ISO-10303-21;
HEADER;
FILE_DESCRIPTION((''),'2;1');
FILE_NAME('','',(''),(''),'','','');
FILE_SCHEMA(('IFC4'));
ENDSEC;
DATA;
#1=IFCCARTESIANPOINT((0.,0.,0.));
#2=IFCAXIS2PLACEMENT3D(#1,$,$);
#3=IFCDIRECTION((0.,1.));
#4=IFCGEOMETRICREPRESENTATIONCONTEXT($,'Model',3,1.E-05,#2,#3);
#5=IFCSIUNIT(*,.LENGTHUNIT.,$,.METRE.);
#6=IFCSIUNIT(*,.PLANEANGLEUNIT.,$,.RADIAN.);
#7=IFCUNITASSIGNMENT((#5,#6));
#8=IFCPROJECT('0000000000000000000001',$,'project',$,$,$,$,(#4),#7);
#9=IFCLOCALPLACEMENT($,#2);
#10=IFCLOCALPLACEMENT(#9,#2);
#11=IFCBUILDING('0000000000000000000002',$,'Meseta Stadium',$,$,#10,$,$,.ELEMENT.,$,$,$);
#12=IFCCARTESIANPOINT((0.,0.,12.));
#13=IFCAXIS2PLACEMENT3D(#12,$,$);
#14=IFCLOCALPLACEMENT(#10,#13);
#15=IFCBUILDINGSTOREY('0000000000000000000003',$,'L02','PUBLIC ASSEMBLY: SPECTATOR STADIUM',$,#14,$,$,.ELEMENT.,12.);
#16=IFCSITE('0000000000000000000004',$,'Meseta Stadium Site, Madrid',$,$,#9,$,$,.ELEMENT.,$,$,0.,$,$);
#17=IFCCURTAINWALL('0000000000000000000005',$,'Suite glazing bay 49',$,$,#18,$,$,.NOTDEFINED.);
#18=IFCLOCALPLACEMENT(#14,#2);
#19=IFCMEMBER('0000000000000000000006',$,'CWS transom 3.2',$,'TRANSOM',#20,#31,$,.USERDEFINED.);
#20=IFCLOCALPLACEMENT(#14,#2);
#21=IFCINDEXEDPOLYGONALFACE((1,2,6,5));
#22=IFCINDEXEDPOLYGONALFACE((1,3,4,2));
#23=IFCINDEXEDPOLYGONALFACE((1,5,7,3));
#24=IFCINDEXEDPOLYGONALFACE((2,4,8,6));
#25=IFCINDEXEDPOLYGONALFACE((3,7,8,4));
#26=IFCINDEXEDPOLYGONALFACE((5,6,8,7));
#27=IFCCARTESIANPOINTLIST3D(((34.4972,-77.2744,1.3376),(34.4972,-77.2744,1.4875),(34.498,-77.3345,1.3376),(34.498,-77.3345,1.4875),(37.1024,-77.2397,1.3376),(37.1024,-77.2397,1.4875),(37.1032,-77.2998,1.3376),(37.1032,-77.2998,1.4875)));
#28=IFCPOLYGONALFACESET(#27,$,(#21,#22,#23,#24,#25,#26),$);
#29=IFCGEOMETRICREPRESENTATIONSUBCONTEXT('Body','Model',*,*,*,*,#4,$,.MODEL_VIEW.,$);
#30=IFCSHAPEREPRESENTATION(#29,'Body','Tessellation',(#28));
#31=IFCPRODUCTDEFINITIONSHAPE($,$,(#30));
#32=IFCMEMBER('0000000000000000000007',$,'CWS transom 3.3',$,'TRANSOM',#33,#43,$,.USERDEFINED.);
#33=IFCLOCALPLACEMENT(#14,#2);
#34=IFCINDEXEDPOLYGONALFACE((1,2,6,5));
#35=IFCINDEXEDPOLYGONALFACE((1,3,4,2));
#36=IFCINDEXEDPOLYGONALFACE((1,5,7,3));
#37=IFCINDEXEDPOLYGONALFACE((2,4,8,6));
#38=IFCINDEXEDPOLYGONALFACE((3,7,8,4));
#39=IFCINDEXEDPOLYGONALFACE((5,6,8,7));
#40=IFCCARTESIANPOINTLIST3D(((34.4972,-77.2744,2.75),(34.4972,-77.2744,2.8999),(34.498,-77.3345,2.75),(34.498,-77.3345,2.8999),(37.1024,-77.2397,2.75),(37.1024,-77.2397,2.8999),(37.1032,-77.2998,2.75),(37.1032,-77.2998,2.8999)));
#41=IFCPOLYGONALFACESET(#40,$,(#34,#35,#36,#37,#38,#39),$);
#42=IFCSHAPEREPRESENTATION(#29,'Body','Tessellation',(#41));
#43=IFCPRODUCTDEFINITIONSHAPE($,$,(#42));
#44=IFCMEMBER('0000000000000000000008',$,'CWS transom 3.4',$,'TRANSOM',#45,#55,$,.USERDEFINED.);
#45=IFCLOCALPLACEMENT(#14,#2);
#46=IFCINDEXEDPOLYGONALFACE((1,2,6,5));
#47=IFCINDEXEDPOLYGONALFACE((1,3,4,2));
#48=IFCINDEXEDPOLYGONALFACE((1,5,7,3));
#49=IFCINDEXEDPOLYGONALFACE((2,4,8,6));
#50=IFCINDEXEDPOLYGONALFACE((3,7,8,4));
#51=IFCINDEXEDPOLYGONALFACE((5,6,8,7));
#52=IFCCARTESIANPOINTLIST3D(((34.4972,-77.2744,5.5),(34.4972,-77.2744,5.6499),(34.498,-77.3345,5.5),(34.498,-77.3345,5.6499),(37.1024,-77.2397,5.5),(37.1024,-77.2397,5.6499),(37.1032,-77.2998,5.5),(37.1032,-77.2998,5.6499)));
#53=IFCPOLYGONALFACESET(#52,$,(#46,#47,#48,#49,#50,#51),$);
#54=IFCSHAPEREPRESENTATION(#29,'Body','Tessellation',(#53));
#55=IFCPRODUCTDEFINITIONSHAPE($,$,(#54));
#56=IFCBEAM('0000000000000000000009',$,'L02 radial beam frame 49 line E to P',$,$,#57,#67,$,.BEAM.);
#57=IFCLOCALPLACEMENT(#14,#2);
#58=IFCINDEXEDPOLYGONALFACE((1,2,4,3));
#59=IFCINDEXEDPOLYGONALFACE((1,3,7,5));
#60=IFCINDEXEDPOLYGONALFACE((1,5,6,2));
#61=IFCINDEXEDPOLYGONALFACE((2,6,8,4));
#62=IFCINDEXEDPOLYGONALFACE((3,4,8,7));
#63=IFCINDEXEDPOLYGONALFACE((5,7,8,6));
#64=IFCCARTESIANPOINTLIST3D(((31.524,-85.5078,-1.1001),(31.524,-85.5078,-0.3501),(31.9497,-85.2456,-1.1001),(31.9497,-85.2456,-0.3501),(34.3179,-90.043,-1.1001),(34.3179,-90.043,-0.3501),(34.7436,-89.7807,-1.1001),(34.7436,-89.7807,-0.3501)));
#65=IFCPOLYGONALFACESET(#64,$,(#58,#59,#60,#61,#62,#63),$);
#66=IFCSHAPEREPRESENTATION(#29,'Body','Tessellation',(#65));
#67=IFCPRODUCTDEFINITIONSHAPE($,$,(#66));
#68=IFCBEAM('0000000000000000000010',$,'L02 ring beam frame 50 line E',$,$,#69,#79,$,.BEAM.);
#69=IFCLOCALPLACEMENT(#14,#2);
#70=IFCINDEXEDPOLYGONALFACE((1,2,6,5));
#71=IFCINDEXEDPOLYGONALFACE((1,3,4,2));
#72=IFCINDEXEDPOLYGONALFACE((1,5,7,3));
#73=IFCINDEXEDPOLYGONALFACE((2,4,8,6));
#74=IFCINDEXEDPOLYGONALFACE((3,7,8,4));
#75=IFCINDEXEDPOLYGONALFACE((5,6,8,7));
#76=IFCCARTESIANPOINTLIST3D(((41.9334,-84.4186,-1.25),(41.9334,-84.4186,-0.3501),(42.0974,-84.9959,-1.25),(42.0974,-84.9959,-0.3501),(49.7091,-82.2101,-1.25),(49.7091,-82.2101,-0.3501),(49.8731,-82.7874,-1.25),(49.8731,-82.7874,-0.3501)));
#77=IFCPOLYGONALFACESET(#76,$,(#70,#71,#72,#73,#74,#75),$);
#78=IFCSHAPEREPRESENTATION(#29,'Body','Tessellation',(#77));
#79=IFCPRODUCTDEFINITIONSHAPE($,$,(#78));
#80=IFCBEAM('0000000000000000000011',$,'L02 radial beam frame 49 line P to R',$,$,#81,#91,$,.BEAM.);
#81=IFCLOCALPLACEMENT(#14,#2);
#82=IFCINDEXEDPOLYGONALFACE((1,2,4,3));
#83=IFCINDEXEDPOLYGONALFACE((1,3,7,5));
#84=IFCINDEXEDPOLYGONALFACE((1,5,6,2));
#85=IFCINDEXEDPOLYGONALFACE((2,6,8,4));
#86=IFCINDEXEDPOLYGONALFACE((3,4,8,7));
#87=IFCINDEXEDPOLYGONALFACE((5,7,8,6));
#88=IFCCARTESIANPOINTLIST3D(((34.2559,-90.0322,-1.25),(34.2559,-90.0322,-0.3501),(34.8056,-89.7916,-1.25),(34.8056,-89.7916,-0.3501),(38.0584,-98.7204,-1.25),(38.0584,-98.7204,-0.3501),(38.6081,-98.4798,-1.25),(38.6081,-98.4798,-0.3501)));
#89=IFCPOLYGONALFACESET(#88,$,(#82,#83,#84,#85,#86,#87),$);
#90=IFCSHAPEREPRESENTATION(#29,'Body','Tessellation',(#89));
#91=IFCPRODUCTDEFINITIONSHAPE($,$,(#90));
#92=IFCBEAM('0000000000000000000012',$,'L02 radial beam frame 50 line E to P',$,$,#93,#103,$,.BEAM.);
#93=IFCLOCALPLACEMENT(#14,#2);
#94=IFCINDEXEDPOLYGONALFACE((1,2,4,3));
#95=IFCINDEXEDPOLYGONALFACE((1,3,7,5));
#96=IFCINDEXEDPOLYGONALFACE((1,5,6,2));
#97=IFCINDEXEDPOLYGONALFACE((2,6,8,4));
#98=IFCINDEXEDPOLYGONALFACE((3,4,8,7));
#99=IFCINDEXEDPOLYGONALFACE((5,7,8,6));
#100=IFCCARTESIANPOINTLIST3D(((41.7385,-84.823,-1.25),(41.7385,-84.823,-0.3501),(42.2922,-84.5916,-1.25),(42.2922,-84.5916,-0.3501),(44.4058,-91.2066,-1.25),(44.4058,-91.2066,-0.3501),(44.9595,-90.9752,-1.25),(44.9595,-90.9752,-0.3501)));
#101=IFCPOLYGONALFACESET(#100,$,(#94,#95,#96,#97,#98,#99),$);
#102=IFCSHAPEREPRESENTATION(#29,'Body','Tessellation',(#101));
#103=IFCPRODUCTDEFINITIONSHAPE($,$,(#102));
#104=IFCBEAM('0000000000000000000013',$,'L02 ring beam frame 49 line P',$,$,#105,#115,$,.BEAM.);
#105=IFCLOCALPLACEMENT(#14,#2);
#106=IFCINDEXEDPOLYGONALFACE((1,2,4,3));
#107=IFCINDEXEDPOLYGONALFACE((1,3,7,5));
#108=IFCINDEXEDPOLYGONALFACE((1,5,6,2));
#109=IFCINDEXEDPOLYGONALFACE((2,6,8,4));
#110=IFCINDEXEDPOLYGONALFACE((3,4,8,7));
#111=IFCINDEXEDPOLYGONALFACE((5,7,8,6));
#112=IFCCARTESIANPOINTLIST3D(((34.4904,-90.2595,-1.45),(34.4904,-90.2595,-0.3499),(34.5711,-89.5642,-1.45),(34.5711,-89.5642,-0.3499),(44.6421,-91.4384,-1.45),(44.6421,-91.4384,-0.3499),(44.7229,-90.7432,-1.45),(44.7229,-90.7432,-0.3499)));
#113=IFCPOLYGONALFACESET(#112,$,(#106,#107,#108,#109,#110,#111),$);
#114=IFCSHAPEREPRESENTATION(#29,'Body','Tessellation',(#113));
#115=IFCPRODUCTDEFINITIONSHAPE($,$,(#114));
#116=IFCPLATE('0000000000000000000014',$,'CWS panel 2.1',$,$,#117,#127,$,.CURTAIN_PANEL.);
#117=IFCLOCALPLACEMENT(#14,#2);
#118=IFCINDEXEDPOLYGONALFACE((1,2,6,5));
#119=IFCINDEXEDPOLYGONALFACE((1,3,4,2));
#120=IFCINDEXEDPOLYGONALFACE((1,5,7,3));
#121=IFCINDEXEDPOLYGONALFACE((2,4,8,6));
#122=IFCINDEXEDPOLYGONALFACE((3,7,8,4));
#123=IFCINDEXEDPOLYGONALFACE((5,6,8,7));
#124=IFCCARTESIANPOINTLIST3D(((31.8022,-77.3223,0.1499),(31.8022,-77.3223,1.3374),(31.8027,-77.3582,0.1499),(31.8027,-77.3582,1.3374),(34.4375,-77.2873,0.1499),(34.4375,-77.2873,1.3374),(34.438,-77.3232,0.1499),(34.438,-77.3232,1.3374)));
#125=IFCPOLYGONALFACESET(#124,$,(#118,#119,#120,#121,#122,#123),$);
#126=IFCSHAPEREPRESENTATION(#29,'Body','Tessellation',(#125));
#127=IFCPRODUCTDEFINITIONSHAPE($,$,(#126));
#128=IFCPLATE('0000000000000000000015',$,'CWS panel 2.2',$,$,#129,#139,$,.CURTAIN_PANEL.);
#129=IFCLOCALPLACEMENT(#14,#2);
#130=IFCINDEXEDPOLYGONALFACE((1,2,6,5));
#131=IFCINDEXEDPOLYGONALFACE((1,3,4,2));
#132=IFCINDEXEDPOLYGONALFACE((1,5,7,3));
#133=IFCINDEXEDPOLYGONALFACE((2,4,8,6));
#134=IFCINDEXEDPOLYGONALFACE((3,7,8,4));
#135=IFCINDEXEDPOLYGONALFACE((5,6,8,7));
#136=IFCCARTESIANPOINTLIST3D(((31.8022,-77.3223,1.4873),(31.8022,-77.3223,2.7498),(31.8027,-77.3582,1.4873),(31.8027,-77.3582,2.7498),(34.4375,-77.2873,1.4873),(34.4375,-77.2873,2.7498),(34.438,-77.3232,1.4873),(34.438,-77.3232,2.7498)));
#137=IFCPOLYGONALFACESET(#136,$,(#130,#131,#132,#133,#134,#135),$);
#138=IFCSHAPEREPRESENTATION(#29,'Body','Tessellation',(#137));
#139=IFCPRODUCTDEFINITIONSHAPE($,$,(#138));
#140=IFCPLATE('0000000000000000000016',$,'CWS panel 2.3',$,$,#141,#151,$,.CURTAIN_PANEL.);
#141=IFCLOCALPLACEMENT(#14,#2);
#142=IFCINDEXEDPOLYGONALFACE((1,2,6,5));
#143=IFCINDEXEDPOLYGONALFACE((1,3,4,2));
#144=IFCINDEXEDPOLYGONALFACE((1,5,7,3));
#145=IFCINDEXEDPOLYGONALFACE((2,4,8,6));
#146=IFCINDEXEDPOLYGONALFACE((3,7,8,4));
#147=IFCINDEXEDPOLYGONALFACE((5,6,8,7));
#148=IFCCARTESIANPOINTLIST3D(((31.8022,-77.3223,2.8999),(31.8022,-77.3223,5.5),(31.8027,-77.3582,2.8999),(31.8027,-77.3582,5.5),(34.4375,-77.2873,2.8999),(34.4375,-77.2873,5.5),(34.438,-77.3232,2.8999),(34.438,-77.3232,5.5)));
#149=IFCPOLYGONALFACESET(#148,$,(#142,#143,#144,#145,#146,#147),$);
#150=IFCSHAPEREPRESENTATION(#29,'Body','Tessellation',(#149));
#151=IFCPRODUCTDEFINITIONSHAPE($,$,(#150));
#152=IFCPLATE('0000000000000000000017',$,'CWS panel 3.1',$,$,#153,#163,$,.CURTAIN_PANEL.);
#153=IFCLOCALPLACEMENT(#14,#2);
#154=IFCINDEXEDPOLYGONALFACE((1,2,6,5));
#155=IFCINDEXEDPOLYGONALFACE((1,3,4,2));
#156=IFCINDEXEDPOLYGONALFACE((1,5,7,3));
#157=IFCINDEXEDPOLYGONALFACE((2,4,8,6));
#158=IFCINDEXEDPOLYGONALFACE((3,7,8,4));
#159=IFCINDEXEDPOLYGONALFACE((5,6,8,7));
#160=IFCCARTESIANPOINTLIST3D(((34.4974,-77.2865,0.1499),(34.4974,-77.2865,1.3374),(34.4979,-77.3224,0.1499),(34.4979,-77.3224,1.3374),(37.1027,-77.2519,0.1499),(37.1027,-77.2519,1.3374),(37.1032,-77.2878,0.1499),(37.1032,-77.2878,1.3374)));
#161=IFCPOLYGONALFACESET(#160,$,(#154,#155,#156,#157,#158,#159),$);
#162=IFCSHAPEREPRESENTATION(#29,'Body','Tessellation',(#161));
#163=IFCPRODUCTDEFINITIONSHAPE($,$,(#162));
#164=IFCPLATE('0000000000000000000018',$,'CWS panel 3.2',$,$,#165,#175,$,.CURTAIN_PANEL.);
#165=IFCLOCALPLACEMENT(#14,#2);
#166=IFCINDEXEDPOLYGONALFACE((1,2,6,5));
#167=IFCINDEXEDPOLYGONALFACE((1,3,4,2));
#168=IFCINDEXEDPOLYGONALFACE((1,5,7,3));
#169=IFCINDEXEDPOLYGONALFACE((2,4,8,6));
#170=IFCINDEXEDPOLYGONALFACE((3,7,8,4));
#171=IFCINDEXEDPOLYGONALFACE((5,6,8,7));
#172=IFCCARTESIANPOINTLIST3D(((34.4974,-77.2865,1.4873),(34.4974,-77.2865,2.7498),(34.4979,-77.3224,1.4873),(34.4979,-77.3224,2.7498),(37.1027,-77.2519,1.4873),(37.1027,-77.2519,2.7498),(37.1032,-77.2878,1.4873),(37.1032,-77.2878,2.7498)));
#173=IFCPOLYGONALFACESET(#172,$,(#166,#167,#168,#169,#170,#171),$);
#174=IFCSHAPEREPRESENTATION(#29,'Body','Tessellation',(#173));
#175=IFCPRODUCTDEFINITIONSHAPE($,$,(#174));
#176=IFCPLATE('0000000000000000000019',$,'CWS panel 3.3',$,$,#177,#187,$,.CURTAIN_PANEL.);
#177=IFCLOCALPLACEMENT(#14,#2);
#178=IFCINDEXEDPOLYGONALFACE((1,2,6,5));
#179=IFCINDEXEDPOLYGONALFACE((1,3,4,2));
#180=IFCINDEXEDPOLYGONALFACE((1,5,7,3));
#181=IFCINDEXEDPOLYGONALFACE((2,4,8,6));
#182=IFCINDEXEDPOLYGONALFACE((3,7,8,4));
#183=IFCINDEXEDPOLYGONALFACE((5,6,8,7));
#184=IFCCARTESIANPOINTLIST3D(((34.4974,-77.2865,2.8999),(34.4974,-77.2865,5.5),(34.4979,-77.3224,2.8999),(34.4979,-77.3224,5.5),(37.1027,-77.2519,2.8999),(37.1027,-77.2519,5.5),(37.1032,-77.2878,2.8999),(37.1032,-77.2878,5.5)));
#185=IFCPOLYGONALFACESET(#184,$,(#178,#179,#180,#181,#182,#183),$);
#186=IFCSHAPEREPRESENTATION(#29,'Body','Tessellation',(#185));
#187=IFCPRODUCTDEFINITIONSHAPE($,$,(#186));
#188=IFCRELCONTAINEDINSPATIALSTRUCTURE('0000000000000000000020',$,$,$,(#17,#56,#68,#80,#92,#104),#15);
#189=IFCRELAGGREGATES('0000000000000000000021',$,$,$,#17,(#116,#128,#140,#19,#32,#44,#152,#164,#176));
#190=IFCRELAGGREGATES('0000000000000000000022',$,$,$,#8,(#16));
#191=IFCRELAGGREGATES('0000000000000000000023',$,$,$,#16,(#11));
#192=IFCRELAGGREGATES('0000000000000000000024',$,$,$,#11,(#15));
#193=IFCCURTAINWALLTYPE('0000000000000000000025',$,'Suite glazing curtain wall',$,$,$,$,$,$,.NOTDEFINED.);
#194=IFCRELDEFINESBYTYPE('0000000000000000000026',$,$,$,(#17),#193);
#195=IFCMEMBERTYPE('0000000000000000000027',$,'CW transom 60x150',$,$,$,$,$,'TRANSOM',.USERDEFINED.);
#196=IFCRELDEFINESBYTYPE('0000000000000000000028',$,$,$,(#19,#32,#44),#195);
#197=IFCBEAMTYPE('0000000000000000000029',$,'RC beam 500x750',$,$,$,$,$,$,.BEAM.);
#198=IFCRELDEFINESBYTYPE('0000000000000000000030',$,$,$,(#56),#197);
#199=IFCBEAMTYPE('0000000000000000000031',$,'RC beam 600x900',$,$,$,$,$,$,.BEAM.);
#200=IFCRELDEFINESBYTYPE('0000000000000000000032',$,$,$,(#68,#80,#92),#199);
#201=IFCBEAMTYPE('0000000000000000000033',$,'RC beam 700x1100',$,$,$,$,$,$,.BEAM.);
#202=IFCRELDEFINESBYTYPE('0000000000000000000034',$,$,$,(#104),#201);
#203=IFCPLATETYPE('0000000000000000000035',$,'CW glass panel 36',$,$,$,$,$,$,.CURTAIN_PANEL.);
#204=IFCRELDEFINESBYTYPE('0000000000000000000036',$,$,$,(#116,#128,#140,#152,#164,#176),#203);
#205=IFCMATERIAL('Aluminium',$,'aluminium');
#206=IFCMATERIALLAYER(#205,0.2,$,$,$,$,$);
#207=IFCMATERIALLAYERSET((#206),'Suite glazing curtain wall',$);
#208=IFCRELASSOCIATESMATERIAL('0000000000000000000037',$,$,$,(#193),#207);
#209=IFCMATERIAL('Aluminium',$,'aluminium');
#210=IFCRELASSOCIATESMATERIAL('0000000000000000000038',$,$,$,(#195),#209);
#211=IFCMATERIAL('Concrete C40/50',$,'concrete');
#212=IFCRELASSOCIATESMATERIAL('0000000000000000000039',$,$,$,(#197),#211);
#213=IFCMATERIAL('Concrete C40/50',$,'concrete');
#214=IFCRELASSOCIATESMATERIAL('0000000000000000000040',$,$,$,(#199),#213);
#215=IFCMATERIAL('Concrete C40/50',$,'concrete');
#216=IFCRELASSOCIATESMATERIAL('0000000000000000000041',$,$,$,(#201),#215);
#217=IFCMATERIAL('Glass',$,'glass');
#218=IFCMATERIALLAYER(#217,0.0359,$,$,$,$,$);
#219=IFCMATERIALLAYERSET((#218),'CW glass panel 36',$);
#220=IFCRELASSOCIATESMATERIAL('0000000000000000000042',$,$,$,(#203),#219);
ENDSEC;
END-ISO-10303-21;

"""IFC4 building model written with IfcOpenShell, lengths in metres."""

from ifc_helpers import new_model, si_unit, direction, frame, origin, origin_2d, place, context, subcontext, project, spatial, rectangle, extrude, material, layer, layer_set, material_profile, profile_set, type_object, element, aggregate, save


model = new_model("IFC4")

# Units and contexts
model_context = context("Model", 3, precision=1e-05, world=origin(), true_north=direction((0.0, 1.0)))
body_context = subcontext(model_context, "Body", "Model", "MODEL_VIEW")
ifc_project = project(units=[si_unit("LENGTHUNIT", "METRE"), si_unit("PLANEANGLEUNIT", "RADIAN")], contexts=[model_context])

# Site, building, storey
site_placement = place(None, origin())
site = spatial("IfcSite", under=ifc_project, at=site_placement, Name="Meseta Stadium Site, Madrid", CompositionType="ELEMENT", RefElevation=0.0)
building_placement = place(site_placement, origin())
building = spatial("IfcBuilding", under=site, at=building_placement, Name="Meseta Stadium", CompositionType="ELEMENT")
storey_placement = place(building_placement, frame((0.0, 0.0, 12.0)))
storey = spatial("IfcBuildingStorey", under=building, at=storey_placement, Name="L02", Description="PUBLIC ASSEMBLY: SPECTATOR STADIUM", CompositionType="ELEMENT", Elevation=12.0)

# Curtain wall, members
ifc_material_1 = material(Name="Aluminium", Category="aluminium")
ifc_layer_1 = layer(ifc_material_1, 0.2)
ifc_layer_set_1 = layer_set([ifc_layer_1], Name="Suite glazing curtain wall")
curtain_wall_type = type_object("IfcCurtainWallType", Name="Suite glazing curtain wall", PredefinedType="NOTDEFINED", material=ifc_layer_set_1)
curtain_wall_placement = place(storey_placement, origin())
curtain_wall = element("IfcCurtainWall", 1, at=curtain_wall_placement, inside=storey, type_object=curtain_wall_type, Name="Suite glazing bay 49", PredefinedType="NOTDEFINED")
ifc_material_2 = material(Name="Aluminium", Category="aluminium")
ifc_material_profile_1 = material_profile(ifc_material_2, rectangle(XDim=0.0601, YDim=0.1499, at=origin_2d()), Name="CW 60x150")
ifc_profile_set_1 = profile_set([ifc_material_profile_1], Name="Aluminium")
member_type_1 = type_object("IfcMemberType", Name="CW transom 60x150", ElementType="TRANSOM", PredefinedType="USERDEFINED", material=ifc_profile_set_1)
member_1_placement = place(storey_placement, frame((34.4976, -77.3044, 1.4126), z_axis=(0.999911, 0.013306, 0.0), x_axis=(-0.013306, 0.999911, 0.0)))
member_1 = element("IfcMember", 2, at=member_1_placement, type_object=member_type_1, Name="CWS transom 3.2", ObjectType="TRANSOM", PredefinedType="USERDEFINED", context=body_context, shape_type="SweptSolid", body=[
    extrude(rectangle(XDim=0.0601, YDim=0.1499, at=origin_2d()), origin(), (0.0, 0.0, 1.0), 2.6055),
])
member_2_placement = place(storey_placement, frame((34.4976, -77.3044, 2.825), z_axis=(0.999911, 0.013306, 0.0), x_axis=(-0.013306, 0.999911, 0.0)))
member_2 = element("IfcMember", 3, at=member_2_placement, type_object=member_type_1, Name="CWS transom 3.3", ObjectType="TRANSOM", PredefinedType="USERDEFINED", context=body_context, shape_type="SweptSolid", body=[
    extrude(rectangle(XDim=0.0601, YDim=0.1499, at=origin_2d()), origin(), (0.0, 0.0, 1.0), 2.6055),
])
member_3_placement = place(storey_placement, frame((34.4976, -77.3044, 5.575), z_axis=(0.999911, 0.013306, 0.0), x_axis=(-0.013306, 0.999911, 0.0)))
member_3 = element("IfcMember", 4, at=member_3_placement, type_object=member_type_1, Name="CWS transom 3.4", ObjectType="TRANSOM", PredefinedType="USERDEFINED", context=body_context, shape_type="SweptSolid", body=[
    extrude(rectangle(XDim=0.0601, YDim=0.1499, at=origin_2d()), origin(), (0.0, 0.0, 1.0), 2.6055),
])

# Beams
ifc_material_3 = material(Name="Concrete C40/50", Category="concrete")
ifc_material_profile_2 = material_profile(ifc_material_3, rectangle(XDim=0.5, YDim=0.75, at=origin_2d()), Name="RC 500x750")
ifc_profile_set_2 = profile_set([ifc_material_profile_2], Name="Concrete C40/50")
beam_type_1 = type_object("IfcBeamType", Name="RC beam 500x750", PredefinedType="BEAM", material=ifc_profile_set_2)
beam_1_placement = place(storey_placement, frame((31.7368, -85.3767, -0.7251), z_axis=(0.524517, -0.8514, 0.0), x_axis=(0.8514, 0.524517, 0.0)))
element("IfcBeam", 5, at=beam_1_placement, inside=storey, type_object=beam_type_1, Name="L02 radial beam frame 49 line E to P", PredefinedType="BEAM", context=body_context, shape_type="SweptSolid", body=[
    extrude(rectangle(XDim=0.5, YDim=0.75, at=origin_2d()), origin(), (0.0, 0.0, 1.0), 5.3267),
])
ifc_material_4 = material(Name="Concrete C40/50", Category="concrete")
ifc_material_profile_3 = material_profile(ifc_material_4, rectangle(XDim=0.6001, YDim=0.8999, at=origin_2d()), Name="RC 600x900")
ifc_profile_set_3 = profile_set([ifc_material_profile_3], Name="Concrete C40/50")
beam_type_2 = type_object("IfcBeamType", Name="RC beam 600x900", PredefinedType="BEAM", material=ifc_profile_set_3)
beam_2_placement = place(storey_placement, frame((42.0154, -84.7073, -0.8), z_axis=(0.961951, 0.273221, 0.0), x_axis=(-0.273221, 0.961951, 0.0)))
element("IfcBeam", 6, at=beam_2_placement, inside=storey, type_object=beam_type_2, Name="L02 ring beam frame 50 line E", PredefinedType="BEAM", context=body_context, shape_type="SweptSolid", body=[
    extrude(rectangle(XDim=0.6001, YDim=0.8999, at=origin_2d()), origin(), (0.0, 0.0, 1.0), 8.0833),
])
beam_3_placement = place(storey_placement, frame((34.5308, -89.9119, -0.8), z_axis=(0.400942, -0.916104, 0.0), x_axis=(0.916104, 0.400942, 0.0)))
element("IfcBeam", 7, at=beam_3_placement, inside=storey, type_object=beam_type_2, Name="L02 radial beam frame 49 line P to R", PredefinedType="BEAM", context=body_context, shape_type="SweptSolid", body=[
    extrude(rectangle(XDim=0.6001, YDim=0.8999, at=origin_2d()), origin(), (0.0, 0.0, 1.0), 9.4839),
])
beam_4_placement = place(storey_placement, frame((42.0154, -84.7073, -0.8), z_axis=(0.38553, -0.922695, 0.0), x_axis=(0.922695, 0.38553, 0.0)))
element("IfcBeam", 8, at=beam_4_placement, inside=storey, type_object=beam_type_2, Name="L02 radial beam frame 50 line E to P", PredefinedType="BEAM", context=body_context, shape_type="SweptSolid", body=[
    extrude(rectangle(XDim=0.6001, YDim=0.8999, at=origin_2d()), origin(), (0.0, 0.0, 1.0), 6.9185),
])
ifc_material_5 = material(Name="Concrete C40/50", Category="concrete")
ifc_material_profile_4 = material_profile(ifc_material_5, rectangle(XDim=0.7, YDim=1.1001, at=origin_2d()), Name="RC 700x1100")
ifc_profile_set_4 = profile_set([ifc_material_profile_4], Name="Concrete C40/50")
beam_type_3 = type_object("IfcBeamType", Name="RC beam 700x1100", PredefinedType="BEAM", material=ifc_profile_set_4)
beam_5_placement = place(storey_placement, frame((34.5308, -89.9119, -0.8999), z_axis=(0.993324, -0.115357, 0.0), x_axis=(0.115357, 0.993324, 0.0)))
element("IfcBeam", 9, at=beam_5_placement, inside=storey, type_object=beam_type_3, Name="L02 ring beam frame 49 line P", PredefinedType="BEAM", context=body_context, shape_type="SweptSolid", body=[
    extrude(rectangle(XDim=0.7, YDim=1.1001, at=origin_2d()), origin(), (0.0, 0.0, 1.0), 10.22),
])

# Plates
ifc_material_6 = material(Name="Glass", Category="glass")
ifc_layer_2 = layer(ifc_material_6, 0.0359)
ifc_layer_set_2 = layer_set([ifc_layer_2], Name="CW glass panel 36")
plate_type = type_object("IfcPlateType", Name="CW glass panel 36", PredefinedType="CURTAIN_PANEL", material=ifc_layer_set_2)
plate_1_placement = place(storey_placement, frame((33.1201, -77.3228, 0.1499), z_axis=(0.0, 0.0, 1.0), x_axis=(0.999912, 0.013281, 0.0)))
plate_1 = element("IfcPlate", 10, at=plate_1_placement, type_object=plate_type, Name="CWS panel 2.1", PredefinedType="CURTAIN_PANEL", context=body_context, shape_type="SweptSolid", body=[
    extrude(rectangle(XDim=2.6355, YDim=0.0359, at=origin_2d()), origin(), (0.0, 0.0, 1.0), 1.1875),
])
plate_2_placement = place(storey_placement, frame((33.1201, -77.3228, 1.4873), z_axis=(0.0, 0.0, 1.0), x_axis=(0.999912, 0.013281, 0.0)))
plate_2 = element("IfcPlate", 11, at=plate_2_placement, type_object=plate_type, Name="CWS panel 2.2", PredefinedType="CURTAIN_PANEL", context=body_context, shape_type="SweptSolid", body=[
    extrude(rectangle(XDim=2.6355, YDim=0.0359, at=origin_2d()), origin(), (0.0, 0.0, 1.0), 1.2625),
])
plate_3_placement = place(storey_placement, frame((33.1201, -77.3228, 2.8999), z_axis=(0.0, 0.0, 1.0), x_axis=(0.999912, 0.013281, 0.0)))
plate_3 = element("IfcPlate", 12, at=plate_3_placement, type_object=plate_type, Name="CWS panel 2.3", PredefinedType="CURTAIN_PANEL", context=body_context, shape_type="SweptSolid", body=[
    extrude(rectangle(XDim=2.6355, YDim=0.0359, at=origin_2d()), origin(), (0.0, 0.0, 1.0), 2.6001),
])
plate_4_placement = place(storey_placement, frame((35.8003, -77.2871, 0.1499), z_axis=(0.0, 0.0, 1.0), x_axis=(0.999912, 0.013281, 0.0)))
plate_4 = element("IfcPlate", 13, at=plate_4_placement, type_object=plate_type, Name="CWS panel 3.1", PredefinedType="CURTAIN_PANEL", context=body_context, shape_type="SweptSolid", body=[
    extrude(rectangle(XDim=2.6055, YDim=0.0359, at=origin_2d()), origin(), (0.0, 0.0, 1.0), 1.1875),
])
plate_5_placement = place(storey_placement, frame((35.8003, -77.2871, 1.4873), z_axis=(0.0, 0.0, 1.0), x_axis=(0.999912, 0.013281, 0.0)))
plate_5 = element("IfcPlate", 14, at=plate_5_placement, type_object=plate_type, Name="CWS panel 3.2", PredefinedType="CURTAIN_PANEL", context=body_context, shape_type="SweptSolid", body=[
    extrude(rectangle(XDim=2.6055, YDim=0.0359, at=origin_2d()), origin(), (0.0, 0.0, 1.0), 1.2625),
])
plate_6_placement = place(storey_placement, frame((35.8003, -77.2871, 2.8999), z_axis=(0.0, 0.0, 1.0), x_axis=(0.999912, 0.013281, 0.0)))
plate_6 = element("IfcPlate", 15, at=plate_6_placement, type_object=plate_type, Name="CWS panel 3.3", PredefinedType="CURTAIN_PANEL", context=body_context, shape_type="SweptSolid", body=[
    extrude(rectangle(XDim=2.6055, YDim=0.0359, at=origin_2d()), origin(), (0.0, 0.0, 1.0), 2.6001),
])
aggregate(curtain_wall, [plate_1, plate_2, plate_3, member_1, member_2, member_3, plate_4, plate_5, plate_6])

save(model, "model.ifc")
